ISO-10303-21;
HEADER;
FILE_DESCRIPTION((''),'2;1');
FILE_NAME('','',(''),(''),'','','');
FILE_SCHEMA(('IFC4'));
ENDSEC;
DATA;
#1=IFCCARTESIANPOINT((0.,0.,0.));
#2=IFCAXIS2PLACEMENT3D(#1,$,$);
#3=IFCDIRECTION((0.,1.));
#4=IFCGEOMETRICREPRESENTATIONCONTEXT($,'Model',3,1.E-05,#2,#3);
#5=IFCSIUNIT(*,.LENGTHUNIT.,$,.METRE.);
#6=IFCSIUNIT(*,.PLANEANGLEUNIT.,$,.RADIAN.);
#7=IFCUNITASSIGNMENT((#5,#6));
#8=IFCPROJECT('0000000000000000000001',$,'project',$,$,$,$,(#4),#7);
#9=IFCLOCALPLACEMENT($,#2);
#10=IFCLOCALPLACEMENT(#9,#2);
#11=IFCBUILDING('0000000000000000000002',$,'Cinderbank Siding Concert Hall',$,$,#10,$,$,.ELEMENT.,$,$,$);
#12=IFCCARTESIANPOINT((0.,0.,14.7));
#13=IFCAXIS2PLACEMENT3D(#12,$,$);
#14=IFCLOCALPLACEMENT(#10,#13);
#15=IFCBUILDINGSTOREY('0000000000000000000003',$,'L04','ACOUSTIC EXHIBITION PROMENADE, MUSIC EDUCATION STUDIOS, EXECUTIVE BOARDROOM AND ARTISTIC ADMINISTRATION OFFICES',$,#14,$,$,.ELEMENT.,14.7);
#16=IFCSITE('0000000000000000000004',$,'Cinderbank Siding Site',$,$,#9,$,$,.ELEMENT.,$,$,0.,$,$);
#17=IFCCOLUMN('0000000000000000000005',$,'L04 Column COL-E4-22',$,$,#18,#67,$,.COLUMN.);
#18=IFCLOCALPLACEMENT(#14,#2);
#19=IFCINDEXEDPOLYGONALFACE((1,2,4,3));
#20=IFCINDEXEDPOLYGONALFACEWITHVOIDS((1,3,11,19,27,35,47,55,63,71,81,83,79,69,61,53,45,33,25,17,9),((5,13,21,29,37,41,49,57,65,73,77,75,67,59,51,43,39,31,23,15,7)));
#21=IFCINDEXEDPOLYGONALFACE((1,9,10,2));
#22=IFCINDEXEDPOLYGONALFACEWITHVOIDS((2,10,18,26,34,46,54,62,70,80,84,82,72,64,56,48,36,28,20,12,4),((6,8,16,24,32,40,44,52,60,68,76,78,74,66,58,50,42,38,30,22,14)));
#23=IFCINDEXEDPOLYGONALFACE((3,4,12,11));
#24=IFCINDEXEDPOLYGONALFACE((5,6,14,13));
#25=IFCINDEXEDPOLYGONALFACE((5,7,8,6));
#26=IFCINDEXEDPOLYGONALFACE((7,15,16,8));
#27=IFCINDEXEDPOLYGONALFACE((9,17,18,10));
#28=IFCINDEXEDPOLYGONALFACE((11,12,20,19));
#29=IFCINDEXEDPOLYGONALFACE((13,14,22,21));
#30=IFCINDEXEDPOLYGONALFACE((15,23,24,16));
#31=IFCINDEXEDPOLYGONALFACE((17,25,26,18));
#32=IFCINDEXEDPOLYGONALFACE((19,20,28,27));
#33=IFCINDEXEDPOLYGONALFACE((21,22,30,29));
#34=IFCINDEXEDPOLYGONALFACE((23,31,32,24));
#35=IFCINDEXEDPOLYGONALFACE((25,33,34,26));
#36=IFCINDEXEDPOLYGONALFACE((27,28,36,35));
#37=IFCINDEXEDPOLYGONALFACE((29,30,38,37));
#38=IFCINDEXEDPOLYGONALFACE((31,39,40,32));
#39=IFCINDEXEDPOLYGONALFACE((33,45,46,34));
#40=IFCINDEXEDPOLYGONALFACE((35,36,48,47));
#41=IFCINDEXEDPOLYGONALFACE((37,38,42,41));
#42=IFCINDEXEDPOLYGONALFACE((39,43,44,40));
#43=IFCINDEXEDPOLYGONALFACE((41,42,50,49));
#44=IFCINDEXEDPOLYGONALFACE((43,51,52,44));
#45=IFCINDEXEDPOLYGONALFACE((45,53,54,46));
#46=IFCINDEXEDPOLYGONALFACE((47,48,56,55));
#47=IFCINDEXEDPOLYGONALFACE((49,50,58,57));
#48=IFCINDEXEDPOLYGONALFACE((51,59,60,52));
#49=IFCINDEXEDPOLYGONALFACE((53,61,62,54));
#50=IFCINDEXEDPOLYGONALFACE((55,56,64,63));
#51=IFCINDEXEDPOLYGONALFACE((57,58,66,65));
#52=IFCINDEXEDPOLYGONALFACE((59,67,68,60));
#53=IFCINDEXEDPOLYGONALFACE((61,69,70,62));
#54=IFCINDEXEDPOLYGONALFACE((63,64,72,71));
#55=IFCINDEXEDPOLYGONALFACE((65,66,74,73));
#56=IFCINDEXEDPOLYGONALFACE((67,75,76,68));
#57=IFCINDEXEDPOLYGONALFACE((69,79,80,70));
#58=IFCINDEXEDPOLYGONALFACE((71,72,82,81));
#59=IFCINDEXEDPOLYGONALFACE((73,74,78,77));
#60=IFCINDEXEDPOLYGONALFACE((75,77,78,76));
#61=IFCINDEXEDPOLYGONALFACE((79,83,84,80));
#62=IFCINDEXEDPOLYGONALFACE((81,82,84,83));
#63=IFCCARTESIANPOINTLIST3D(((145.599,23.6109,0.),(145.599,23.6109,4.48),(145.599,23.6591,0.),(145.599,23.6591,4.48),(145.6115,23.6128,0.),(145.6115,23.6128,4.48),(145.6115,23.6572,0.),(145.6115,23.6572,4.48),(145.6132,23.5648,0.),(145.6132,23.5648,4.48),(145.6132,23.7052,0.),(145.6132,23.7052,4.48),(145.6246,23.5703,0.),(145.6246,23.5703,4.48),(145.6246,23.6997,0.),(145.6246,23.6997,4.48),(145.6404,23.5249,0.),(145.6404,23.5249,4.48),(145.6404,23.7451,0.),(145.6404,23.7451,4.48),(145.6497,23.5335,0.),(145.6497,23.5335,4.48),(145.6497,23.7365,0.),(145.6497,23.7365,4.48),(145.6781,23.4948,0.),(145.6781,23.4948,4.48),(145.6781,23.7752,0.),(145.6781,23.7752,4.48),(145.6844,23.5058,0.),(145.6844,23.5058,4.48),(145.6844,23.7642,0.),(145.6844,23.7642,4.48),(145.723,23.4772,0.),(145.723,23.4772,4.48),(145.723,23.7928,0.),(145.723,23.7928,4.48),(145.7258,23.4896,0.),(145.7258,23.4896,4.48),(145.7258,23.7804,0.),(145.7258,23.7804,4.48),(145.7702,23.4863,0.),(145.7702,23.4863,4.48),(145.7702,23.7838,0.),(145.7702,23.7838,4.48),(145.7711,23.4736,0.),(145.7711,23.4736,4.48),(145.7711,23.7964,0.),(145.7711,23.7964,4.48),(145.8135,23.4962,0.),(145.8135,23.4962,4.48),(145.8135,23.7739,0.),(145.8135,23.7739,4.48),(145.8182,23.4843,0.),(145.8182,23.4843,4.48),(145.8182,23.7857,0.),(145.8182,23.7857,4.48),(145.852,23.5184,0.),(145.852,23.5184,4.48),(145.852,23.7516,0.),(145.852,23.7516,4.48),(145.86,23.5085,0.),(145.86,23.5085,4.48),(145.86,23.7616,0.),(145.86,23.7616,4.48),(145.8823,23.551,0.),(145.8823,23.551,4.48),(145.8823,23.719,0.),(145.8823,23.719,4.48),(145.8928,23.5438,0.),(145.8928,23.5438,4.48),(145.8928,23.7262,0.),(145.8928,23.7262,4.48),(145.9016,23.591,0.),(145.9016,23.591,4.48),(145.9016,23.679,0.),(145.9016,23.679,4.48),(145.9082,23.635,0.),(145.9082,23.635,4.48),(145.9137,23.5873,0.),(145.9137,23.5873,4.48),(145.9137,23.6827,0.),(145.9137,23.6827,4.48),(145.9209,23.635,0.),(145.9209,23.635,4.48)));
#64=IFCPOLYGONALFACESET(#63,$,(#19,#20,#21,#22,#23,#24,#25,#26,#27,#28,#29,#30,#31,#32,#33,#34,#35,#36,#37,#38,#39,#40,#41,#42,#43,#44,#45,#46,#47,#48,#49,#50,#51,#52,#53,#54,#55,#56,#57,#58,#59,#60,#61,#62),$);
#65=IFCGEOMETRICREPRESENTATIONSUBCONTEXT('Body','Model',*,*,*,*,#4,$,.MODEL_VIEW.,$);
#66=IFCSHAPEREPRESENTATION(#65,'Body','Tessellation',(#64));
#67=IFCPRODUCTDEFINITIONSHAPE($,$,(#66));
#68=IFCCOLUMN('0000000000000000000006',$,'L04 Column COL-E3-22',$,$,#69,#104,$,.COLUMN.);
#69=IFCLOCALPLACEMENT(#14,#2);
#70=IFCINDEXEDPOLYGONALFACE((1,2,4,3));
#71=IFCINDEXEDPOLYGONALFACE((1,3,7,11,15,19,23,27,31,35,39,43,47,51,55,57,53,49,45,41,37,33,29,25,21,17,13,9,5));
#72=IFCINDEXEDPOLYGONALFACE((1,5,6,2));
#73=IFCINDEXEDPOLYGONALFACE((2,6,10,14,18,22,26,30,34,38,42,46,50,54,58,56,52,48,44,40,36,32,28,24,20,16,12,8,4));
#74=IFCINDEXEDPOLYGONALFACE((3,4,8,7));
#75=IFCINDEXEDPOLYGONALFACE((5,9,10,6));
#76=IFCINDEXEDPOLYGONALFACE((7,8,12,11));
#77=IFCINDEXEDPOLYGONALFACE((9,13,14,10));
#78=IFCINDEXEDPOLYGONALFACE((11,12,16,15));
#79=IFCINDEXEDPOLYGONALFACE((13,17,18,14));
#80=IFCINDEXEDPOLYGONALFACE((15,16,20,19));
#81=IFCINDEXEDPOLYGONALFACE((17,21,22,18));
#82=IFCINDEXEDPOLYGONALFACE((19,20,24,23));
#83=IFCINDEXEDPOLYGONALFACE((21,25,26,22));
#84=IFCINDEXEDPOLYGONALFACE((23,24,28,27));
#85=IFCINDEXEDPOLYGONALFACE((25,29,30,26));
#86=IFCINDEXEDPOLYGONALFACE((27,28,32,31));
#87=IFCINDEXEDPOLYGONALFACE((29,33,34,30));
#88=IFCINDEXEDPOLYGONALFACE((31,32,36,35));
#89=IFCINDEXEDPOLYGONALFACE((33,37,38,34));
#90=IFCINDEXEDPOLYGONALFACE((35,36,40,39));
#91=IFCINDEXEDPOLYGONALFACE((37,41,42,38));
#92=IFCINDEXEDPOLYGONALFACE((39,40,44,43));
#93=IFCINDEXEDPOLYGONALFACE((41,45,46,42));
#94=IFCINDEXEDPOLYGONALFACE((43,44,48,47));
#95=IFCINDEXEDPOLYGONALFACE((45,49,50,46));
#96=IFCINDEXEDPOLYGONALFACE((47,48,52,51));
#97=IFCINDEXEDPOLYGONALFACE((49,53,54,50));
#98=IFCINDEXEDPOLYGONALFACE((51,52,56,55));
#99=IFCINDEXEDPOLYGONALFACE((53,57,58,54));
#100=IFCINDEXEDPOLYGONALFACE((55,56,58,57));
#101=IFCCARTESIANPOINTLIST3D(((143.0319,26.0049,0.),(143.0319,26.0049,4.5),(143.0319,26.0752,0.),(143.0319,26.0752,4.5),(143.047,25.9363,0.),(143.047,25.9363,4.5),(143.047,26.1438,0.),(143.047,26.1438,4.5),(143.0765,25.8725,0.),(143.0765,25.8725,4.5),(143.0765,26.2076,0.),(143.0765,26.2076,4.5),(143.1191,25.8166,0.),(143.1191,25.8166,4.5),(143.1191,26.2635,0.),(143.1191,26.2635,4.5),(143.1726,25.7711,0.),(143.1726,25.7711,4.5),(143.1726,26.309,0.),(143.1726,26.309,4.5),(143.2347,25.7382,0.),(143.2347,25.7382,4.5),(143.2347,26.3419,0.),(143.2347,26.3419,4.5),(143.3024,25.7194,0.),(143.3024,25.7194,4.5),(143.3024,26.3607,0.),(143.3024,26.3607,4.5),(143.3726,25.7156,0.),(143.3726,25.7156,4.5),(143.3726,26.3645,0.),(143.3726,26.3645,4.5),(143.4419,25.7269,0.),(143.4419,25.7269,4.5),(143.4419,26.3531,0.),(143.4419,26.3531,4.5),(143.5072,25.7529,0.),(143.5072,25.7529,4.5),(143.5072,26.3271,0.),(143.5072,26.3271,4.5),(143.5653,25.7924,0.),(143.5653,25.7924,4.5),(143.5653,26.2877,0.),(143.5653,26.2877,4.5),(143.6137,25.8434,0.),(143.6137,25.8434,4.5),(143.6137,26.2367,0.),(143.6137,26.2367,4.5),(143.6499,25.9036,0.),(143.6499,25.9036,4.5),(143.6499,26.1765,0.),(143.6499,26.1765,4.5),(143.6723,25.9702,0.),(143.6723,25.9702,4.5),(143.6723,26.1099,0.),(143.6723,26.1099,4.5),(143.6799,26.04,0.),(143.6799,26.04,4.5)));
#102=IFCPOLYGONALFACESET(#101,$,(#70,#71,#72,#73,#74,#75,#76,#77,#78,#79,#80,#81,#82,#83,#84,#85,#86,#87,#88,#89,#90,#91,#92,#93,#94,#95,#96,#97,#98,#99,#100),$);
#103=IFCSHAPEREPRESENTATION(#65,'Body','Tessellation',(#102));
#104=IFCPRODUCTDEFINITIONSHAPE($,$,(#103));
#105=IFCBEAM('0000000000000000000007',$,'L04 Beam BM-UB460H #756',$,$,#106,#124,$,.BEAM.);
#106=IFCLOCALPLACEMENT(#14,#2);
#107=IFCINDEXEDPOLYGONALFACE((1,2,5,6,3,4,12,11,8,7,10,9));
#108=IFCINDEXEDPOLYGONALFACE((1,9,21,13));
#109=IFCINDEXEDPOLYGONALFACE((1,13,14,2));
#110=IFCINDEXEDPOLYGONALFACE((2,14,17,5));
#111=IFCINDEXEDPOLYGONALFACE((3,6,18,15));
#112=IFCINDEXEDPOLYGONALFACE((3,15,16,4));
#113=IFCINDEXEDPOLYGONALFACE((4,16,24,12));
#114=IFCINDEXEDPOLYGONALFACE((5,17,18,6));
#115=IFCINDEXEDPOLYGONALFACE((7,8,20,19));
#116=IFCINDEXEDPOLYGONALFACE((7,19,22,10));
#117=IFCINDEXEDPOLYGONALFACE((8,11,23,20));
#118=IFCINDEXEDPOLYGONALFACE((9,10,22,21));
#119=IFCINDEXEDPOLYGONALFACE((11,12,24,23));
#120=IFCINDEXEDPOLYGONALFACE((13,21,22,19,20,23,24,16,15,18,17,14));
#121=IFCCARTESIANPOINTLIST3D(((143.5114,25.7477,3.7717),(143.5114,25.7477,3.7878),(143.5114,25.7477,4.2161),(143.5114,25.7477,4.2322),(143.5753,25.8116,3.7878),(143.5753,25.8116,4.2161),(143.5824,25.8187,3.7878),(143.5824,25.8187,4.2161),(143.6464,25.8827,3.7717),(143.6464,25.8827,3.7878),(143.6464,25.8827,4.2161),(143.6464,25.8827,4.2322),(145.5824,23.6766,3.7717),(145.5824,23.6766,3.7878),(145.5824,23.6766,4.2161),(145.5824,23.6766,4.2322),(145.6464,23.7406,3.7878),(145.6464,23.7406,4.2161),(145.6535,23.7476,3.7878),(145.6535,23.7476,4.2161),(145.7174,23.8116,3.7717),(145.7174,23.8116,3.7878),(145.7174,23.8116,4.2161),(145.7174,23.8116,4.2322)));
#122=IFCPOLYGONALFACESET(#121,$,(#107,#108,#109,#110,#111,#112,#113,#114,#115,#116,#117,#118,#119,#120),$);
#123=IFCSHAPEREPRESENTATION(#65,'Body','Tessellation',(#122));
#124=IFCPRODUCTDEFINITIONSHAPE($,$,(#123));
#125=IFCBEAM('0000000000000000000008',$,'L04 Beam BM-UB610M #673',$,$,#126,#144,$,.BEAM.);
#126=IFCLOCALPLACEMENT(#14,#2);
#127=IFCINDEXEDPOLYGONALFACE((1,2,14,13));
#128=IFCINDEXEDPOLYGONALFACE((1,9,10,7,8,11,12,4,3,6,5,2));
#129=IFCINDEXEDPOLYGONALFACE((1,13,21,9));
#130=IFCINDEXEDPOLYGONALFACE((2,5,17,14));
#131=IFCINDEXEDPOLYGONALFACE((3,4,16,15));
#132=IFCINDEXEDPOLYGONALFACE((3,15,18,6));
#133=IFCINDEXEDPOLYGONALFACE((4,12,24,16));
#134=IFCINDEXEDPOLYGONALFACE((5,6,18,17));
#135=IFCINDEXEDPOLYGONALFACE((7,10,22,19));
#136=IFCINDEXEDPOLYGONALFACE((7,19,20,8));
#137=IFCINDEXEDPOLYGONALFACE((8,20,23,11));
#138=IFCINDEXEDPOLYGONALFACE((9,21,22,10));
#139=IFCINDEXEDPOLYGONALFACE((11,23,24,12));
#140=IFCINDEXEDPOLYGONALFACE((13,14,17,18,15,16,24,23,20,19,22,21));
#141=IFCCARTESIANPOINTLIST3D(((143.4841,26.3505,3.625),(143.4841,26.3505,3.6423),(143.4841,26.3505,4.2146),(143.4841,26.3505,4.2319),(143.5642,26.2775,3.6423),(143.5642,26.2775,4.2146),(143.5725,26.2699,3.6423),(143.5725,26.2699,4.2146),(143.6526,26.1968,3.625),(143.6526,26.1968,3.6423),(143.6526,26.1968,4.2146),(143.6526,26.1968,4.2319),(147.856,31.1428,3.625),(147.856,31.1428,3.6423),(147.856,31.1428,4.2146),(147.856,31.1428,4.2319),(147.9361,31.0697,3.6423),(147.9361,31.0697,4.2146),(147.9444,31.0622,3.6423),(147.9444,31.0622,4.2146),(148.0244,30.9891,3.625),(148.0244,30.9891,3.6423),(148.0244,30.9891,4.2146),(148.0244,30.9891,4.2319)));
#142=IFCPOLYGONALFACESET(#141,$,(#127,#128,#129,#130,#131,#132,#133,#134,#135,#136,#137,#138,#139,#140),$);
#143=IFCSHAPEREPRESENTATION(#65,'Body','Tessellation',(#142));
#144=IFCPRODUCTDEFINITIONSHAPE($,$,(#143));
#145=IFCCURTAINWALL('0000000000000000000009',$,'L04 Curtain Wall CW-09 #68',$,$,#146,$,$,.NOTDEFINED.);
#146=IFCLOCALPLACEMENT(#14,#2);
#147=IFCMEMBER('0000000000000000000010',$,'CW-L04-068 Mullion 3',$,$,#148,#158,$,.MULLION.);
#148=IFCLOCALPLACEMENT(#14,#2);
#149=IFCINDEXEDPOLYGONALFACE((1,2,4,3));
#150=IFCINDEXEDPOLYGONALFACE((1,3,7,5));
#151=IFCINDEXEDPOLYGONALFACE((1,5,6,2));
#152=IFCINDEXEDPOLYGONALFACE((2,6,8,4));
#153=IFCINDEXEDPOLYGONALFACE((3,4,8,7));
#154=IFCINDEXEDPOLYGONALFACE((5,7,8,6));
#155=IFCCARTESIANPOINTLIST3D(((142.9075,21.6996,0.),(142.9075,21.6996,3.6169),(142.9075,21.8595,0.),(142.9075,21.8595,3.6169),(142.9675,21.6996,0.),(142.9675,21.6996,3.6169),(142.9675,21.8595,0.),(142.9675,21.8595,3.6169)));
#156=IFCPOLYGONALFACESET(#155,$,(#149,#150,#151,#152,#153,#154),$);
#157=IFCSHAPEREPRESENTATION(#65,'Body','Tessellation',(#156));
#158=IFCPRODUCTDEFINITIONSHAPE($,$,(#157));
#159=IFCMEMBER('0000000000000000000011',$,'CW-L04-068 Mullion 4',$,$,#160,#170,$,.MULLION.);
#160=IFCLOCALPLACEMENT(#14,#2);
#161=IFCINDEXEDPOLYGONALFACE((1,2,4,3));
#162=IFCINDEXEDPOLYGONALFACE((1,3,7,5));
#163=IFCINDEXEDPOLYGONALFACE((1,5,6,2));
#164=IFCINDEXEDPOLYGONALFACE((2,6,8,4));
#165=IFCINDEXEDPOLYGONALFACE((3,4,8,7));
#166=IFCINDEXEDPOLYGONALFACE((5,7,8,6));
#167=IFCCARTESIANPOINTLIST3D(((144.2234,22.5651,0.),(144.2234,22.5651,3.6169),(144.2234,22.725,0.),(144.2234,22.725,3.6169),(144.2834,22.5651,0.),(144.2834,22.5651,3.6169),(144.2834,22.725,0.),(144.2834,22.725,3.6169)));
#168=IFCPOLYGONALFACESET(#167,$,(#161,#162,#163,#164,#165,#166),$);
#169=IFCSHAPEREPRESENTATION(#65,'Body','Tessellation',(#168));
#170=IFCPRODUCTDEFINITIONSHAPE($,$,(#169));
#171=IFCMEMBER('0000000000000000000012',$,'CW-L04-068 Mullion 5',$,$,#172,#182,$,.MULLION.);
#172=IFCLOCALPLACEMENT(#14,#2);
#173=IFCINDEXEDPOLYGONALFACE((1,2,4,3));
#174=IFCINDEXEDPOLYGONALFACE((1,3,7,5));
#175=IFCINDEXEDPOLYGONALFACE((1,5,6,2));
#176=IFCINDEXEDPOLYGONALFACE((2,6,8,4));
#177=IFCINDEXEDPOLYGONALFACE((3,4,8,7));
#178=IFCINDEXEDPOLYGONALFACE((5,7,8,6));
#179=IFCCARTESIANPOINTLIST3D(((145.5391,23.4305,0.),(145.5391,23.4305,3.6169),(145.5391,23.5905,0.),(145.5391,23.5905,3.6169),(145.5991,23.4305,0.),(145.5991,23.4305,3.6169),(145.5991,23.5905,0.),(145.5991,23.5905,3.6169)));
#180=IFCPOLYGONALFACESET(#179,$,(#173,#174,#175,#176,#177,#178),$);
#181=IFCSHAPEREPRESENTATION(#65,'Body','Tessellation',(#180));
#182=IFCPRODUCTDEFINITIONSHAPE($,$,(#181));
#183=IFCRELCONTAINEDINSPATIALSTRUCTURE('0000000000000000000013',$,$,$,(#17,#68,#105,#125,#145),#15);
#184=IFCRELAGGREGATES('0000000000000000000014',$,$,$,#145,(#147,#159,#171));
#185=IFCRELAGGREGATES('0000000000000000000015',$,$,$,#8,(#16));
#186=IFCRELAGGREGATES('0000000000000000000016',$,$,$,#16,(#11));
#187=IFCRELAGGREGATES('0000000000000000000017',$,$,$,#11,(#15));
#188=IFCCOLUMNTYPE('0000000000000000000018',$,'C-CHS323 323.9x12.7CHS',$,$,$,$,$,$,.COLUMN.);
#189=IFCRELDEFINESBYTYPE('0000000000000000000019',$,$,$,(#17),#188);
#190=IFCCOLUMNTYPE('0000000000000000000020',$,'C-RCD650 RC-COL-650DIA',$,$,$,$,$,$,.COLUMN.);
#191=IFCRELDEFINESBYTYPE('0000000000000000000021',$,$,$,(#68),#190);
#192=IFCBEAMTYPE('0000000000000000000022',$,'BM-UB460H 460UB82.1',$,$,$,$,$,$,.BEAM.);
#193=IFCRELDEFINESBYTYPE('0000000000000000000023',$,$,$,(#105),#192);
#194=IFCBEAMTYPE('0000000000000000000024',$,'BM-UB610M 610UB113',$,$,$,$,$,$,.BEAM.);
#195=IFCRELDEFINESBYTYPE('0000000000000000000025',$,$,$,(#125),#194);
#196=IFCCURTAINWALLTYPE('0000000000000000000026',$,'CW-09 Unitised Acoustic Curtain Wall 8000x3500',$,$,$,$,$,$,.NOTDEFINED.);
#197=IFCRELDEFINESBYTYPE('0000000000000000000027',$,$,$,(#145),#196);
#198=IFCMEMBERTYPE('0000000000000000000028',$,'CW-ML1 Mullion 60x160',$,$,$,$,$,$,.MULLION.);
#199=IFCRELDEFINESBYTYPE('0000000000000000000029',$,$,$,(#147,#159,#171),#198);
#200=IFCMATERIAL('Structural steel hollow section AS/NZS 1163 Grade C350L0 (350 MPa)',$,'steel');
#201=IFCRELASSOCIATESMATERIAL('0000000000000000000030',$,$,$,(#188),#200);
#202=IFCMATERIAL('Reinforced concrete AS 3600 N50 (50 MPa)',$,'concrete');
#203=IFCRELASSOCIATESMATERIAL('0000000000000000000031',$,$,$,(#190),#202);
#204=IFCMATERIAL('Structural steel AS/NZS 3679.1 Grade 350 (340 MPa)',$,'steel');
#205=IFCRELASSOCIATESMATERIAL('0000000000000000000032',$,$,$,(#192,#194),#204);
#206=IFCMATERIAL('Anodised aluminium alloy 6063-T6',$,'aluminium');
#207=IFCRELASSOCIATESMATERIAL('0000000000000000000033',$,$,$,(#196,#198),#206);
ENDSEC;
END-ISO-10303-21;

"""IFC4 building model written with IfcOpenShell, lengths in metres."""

from ifc_helpers import new_model, si_unit, direction, frame, origin, origin_2d, place, context, subcontext, project, spatial, rectangle, circle, hollow_circle, i_section, extrude, material, material_profile, profile_set, type_object, element, aggregate, save


model = new_model("IFC4")

# Units and contexts
model_context = context("Model", 3, precision=1e-05, world=origin(), true_north=direction((0.0, 1.0)))
body_context = subcontext(model_context, "Body", "Model", "MODEL_VIEW")
ifc_project = project(units=[si_unit("LENGTHUNIT", "METRE"), si_unit("PLANEANGLEUNIT", "RADIAN")], contexts=[model_context])

# Site, building, storey
site_placement = place(None, origin())
site = spatial("IfcSite", under=ifc_project, at=site_placement, Name="Cinderbank Siding Site", CompositionType="ELEMENT", RefElevation=0.0)
building_placement = place(site_placement, origin())
building = spatial("IfcBuilding", under=site, at=building_placement, Name="Cinderbank Siding Concert Hall", CompositionType="ELEMENT")
storey_placement = place(building_placement, frame((0.0, 0.0, 14.7)))
storey = spatial("IfcBuildingStorey", under=building, at=storey_placement, Name="L04", Description="ACOUSTIC EXHIBITION PROMENADE, MUSIC EDUCATION STUDIOS, EXECUTIVE BOARDROOM AND ARTISTIC ADMINISTRATION OFFICES", CompositionType="ELEMENT", Elevation=14.7)

# Columns
ifc_material_1 = material(Name="Structural steel hollow section AS/NZS 1163 Grade C350L0 (350 MPa)", Category="steel")
ifc_material_profile_1 = material_profile(ifc_material_1, hollow_circle(Radius=0.1619, WallThickness=0.0127, at=origin_2d()), Name="323.9x12.7CHS", Category="LoadBearing")
ifc_profile_set_1 = profile_set([ifc_material_profile_1], Name="Structural steel hollow section AS/NZS 1163 Grade C350L0 (350 MPa)")
column_type_1 = type_object("IfcColumnType", Name="C-CHS323 323.9x12.7CHS", PredefinedType="COLUMN", material=ifc_profile_set_1)
column_1_placement = place(storey_placement, frame((145.759, 23.635, 0.0), z_axis=(0.0, 0.0, 1.0), x_axis=(1.0, 0.0, 0.0)))
element("IfcColumn", 1, at=column_1_placement, inside=storey, type_object=column_type_1, Name="L04 Column COL-E4-22", PredefinedType="COLUMN", context=body_context, shape_type="SweptSolid", body=[
    extrude(hollow_circle(Radius=0.1619, WallThickness=0.0127, at=origin_2d()), origin(), (0.0, 0.0, 1.0), 4.48),
])
ifc_material_2 = material(Name="Reinforced concrete AS 3600 N50 (50 MPa)", Category="concrete")
ifc_material_profile_2 = material_profile(ifc_material_2, circle(Radius=0.325, at=origin_2d()), Name="RC-COL-650DIA", Category="LoadBearing")
ifc_profile_set_2 = profile_set([ifc_material_profile_2], Name="Reinforced concrete AS 3600 N50 (50 MPa)")
column_type_2 = type_object("IfcColumnType", Name="C-RCD650 RC-COL-650DIA", PredefinedType="COLUMN", material=ifc_profile_set_2)
column_2_placement = place(storey_placement, frame((143.355, 26.04, 0.0), z_axis=(0.0, 0.0, 1.0), x_axis=(1.0, 0.0, 0.0)))
element("IfcColumn", 2, at=column_2_placement, inside=storey, type_object=column_type_2, Name="L04 Column COL-E3-22", PredefinedType="COLUMN", context=body_context, shape_type="SweptSolid", body=[
    extrude(circle(Radius=0.325, at=origin_2d()), origin(), (0.0, 0.0, 1.0), 4.5),
])

# Beams
ifc_material_3 = material(Name="Structural steel AS/NZS 3679.1 Grade 350 (340 MPa)", Category="steel")
ifc_material_profile_3 = material_profile(ifc_material_3, i_section(OverallWidth=0.1909, OverallDepth=0.4604, WebThickness=0.01, FlangeThickness=0.0161, at=origin_2d()), Name="460UB82.1", Category="LoadBearing")
ifc_profile_set_3 = profile_set([ifc_material_profile_3], Name="Structural steel AS/NZS 3679.1 Grade 350 (340 MPa)")
beam_type_1 = type_object("IfcBeamType", Name="BM-UB460H 460UB82.1", PredefinedType="BEAM", material=ifc_profile_set_3)
beam_1_placement = place(storey_placement, frame((143.5789, 25.8152, 4.002), z_axis=(0.707107, -0.707107, 0.0), x_axis=(0.707107, 0.707107, 0.0)))
element("IfcBeam", 3, at=beam_1_placement, inside=storey, type_object=beam_type_1, Name="L04 Beam BM-UB460H #756", PredefinedType="BEAM", context=body_context, shape_type="SweptSolid", body=[
    extrude(i_section(OverallWidth=0.1909, OverallDepth=0.4604, WebThickness=0.01, FlangeThickness=0.0161, at=origin_2d()), origin(), (0.0, 0.0, 1.0), 2.929),
])
ifc_material_profile_4 = material_profile(ifc_material_3, i_section(OverallWidth=0.228, OverallDepth=0.6069, WebThickness=0.0112, FlangeThickness=0.0173, at=origin_2d()), Name="610UB113", Category="LoadBearing")
ifc_profile_set_4 = profile_set([ifc_material_profile_4], Name="Structural steel AS/NZS 3679.1 Grade 350 (340 MPa)")
beam_type_2 = type_object("IfcBeamType", Name="BM-UB610M 610UB113", PredefinedType="BEAM", material=ifc_profile_set_4)
beam_2_placement = place(storey_placement, frame((143.5684, 26.2737, 3.9285), z_axis=(0.673959, 0.738769, 0.0), x_axis=(-0.738769, 0.673959, 0.0)))
element("IfcBeam", 4, at=beam_2_placement, inside=storey, type_object=beam_type_2, Name="L04 Beam BM-UB610M #673", PredefinedType="BEAM", context=body_context, shape_type="SweptSolid", body=[
    extrude(i_section(OverallWidth=0.228, OverallDepth=0.6069, WebThickness=0.0112, FlangeThickness=0.0173, at=origin_2d()), origin(), (0.0, 0.0, 1.0), 6.4868),
])

# Curtain wall, members
ifc_material_4 = material(Name="Anodised aluminium alloy 6063-T6", Category="aluminium")
curtain_wall_type_1 = type_object("IfcCurtainWallType", Name="CW-09 Unitised Acoustic Curtain Wall 8000x3500", PredefinedType="NOTDEFINED", material=ifc_material_4)
curtain_wall_1_placement = place(storey_placement, origin())
curtain_wall_1 = element("IfcCurtainWall", 5, at=curtain_wall_1_placement, inside=storey, type_object=curtain_wall_type_1, Name="L04 Curtain Wall CW-09 #68", PredefinedType="NOTDEFINED")
ifc_material_profile_5 = material_profile(ifc_material_4, rectangle(XDim=0.0601, YDim=0.1599, at=origin_2d()), Name="ALU-MULL-60x160", Category="LoadBearing")
ifc_profile_set_5 = profile_set([ifc_material_profile_5], Name="Anodised aluminium alloy 6063-T6")
member_type_1 = type_object("IfcMemberType", Name="CW-ML1 Mullion 60x160", PredefinedType="MULLION", material=ifc_profile_set_5)
member_1_placement = place(storey_placement, frame((142.9375, 21.7795, 0.0), z_axis=(0.0, 0.0, 1.0), x_axis=(1.0, 0.0, 0.0)))
member_1 = element("IfcMember", 6, at=member_1_placement, type_object=member_type_1, Name="CW-L04-068 Mullion 3", PredefinedType="MULLION", context=body_context, shape_type="SweptSolid", body=[
    extrude(rectangle(XDim=0.0601, YDim=0.1599, at=origin_2d()), origin(), (0.0, 0.0, 1.0), 3.6169),
])
member_2_placement = place(storey_placement, frame((144.2534, 22.645, 0.0), z_axis=(0.0, 0.0, 1.0), x_axis=(1.0, 0.0, 0.0)))
member_2 = element("IfcMember", 7, at=member_2_placement, type_object=member_type_1, Name="CW-L04-068 Mullion 4", PredefinedType="MULLION", context=body_context, shape_type="SweptSolid", body=[
    extrude(rectangle(XDim=0.0601, YDim=0.1599, at=origin_2d()), origin(), (0.0, 0.0, 1.0), 3.6169),
])
member_3_placement = place(storey_placement, frame((145.5691, 23.5105, 0.0), z_axis=(0.0, 0.0, 1.0), x_axis=(1.0, 0.0, 0.0)))
member_3 = element("IfcMember", 8, at=member_3_placement, type_object=member_type_1, Name="CW-L04-068 Mullion 5", PredefinedType="MULLION", context=body_context, shape_type="SweptSolid", body=[
    extrude(rectangle(XDim=0.0601, YDim=0.1599, at=origin_2d()), origin(), (0.0, 0.0, 1.0), 3.6169),
])

aggregate(curtain_wall_1, [member_1, member_2, member_3])

save(model, "model.ifc")
